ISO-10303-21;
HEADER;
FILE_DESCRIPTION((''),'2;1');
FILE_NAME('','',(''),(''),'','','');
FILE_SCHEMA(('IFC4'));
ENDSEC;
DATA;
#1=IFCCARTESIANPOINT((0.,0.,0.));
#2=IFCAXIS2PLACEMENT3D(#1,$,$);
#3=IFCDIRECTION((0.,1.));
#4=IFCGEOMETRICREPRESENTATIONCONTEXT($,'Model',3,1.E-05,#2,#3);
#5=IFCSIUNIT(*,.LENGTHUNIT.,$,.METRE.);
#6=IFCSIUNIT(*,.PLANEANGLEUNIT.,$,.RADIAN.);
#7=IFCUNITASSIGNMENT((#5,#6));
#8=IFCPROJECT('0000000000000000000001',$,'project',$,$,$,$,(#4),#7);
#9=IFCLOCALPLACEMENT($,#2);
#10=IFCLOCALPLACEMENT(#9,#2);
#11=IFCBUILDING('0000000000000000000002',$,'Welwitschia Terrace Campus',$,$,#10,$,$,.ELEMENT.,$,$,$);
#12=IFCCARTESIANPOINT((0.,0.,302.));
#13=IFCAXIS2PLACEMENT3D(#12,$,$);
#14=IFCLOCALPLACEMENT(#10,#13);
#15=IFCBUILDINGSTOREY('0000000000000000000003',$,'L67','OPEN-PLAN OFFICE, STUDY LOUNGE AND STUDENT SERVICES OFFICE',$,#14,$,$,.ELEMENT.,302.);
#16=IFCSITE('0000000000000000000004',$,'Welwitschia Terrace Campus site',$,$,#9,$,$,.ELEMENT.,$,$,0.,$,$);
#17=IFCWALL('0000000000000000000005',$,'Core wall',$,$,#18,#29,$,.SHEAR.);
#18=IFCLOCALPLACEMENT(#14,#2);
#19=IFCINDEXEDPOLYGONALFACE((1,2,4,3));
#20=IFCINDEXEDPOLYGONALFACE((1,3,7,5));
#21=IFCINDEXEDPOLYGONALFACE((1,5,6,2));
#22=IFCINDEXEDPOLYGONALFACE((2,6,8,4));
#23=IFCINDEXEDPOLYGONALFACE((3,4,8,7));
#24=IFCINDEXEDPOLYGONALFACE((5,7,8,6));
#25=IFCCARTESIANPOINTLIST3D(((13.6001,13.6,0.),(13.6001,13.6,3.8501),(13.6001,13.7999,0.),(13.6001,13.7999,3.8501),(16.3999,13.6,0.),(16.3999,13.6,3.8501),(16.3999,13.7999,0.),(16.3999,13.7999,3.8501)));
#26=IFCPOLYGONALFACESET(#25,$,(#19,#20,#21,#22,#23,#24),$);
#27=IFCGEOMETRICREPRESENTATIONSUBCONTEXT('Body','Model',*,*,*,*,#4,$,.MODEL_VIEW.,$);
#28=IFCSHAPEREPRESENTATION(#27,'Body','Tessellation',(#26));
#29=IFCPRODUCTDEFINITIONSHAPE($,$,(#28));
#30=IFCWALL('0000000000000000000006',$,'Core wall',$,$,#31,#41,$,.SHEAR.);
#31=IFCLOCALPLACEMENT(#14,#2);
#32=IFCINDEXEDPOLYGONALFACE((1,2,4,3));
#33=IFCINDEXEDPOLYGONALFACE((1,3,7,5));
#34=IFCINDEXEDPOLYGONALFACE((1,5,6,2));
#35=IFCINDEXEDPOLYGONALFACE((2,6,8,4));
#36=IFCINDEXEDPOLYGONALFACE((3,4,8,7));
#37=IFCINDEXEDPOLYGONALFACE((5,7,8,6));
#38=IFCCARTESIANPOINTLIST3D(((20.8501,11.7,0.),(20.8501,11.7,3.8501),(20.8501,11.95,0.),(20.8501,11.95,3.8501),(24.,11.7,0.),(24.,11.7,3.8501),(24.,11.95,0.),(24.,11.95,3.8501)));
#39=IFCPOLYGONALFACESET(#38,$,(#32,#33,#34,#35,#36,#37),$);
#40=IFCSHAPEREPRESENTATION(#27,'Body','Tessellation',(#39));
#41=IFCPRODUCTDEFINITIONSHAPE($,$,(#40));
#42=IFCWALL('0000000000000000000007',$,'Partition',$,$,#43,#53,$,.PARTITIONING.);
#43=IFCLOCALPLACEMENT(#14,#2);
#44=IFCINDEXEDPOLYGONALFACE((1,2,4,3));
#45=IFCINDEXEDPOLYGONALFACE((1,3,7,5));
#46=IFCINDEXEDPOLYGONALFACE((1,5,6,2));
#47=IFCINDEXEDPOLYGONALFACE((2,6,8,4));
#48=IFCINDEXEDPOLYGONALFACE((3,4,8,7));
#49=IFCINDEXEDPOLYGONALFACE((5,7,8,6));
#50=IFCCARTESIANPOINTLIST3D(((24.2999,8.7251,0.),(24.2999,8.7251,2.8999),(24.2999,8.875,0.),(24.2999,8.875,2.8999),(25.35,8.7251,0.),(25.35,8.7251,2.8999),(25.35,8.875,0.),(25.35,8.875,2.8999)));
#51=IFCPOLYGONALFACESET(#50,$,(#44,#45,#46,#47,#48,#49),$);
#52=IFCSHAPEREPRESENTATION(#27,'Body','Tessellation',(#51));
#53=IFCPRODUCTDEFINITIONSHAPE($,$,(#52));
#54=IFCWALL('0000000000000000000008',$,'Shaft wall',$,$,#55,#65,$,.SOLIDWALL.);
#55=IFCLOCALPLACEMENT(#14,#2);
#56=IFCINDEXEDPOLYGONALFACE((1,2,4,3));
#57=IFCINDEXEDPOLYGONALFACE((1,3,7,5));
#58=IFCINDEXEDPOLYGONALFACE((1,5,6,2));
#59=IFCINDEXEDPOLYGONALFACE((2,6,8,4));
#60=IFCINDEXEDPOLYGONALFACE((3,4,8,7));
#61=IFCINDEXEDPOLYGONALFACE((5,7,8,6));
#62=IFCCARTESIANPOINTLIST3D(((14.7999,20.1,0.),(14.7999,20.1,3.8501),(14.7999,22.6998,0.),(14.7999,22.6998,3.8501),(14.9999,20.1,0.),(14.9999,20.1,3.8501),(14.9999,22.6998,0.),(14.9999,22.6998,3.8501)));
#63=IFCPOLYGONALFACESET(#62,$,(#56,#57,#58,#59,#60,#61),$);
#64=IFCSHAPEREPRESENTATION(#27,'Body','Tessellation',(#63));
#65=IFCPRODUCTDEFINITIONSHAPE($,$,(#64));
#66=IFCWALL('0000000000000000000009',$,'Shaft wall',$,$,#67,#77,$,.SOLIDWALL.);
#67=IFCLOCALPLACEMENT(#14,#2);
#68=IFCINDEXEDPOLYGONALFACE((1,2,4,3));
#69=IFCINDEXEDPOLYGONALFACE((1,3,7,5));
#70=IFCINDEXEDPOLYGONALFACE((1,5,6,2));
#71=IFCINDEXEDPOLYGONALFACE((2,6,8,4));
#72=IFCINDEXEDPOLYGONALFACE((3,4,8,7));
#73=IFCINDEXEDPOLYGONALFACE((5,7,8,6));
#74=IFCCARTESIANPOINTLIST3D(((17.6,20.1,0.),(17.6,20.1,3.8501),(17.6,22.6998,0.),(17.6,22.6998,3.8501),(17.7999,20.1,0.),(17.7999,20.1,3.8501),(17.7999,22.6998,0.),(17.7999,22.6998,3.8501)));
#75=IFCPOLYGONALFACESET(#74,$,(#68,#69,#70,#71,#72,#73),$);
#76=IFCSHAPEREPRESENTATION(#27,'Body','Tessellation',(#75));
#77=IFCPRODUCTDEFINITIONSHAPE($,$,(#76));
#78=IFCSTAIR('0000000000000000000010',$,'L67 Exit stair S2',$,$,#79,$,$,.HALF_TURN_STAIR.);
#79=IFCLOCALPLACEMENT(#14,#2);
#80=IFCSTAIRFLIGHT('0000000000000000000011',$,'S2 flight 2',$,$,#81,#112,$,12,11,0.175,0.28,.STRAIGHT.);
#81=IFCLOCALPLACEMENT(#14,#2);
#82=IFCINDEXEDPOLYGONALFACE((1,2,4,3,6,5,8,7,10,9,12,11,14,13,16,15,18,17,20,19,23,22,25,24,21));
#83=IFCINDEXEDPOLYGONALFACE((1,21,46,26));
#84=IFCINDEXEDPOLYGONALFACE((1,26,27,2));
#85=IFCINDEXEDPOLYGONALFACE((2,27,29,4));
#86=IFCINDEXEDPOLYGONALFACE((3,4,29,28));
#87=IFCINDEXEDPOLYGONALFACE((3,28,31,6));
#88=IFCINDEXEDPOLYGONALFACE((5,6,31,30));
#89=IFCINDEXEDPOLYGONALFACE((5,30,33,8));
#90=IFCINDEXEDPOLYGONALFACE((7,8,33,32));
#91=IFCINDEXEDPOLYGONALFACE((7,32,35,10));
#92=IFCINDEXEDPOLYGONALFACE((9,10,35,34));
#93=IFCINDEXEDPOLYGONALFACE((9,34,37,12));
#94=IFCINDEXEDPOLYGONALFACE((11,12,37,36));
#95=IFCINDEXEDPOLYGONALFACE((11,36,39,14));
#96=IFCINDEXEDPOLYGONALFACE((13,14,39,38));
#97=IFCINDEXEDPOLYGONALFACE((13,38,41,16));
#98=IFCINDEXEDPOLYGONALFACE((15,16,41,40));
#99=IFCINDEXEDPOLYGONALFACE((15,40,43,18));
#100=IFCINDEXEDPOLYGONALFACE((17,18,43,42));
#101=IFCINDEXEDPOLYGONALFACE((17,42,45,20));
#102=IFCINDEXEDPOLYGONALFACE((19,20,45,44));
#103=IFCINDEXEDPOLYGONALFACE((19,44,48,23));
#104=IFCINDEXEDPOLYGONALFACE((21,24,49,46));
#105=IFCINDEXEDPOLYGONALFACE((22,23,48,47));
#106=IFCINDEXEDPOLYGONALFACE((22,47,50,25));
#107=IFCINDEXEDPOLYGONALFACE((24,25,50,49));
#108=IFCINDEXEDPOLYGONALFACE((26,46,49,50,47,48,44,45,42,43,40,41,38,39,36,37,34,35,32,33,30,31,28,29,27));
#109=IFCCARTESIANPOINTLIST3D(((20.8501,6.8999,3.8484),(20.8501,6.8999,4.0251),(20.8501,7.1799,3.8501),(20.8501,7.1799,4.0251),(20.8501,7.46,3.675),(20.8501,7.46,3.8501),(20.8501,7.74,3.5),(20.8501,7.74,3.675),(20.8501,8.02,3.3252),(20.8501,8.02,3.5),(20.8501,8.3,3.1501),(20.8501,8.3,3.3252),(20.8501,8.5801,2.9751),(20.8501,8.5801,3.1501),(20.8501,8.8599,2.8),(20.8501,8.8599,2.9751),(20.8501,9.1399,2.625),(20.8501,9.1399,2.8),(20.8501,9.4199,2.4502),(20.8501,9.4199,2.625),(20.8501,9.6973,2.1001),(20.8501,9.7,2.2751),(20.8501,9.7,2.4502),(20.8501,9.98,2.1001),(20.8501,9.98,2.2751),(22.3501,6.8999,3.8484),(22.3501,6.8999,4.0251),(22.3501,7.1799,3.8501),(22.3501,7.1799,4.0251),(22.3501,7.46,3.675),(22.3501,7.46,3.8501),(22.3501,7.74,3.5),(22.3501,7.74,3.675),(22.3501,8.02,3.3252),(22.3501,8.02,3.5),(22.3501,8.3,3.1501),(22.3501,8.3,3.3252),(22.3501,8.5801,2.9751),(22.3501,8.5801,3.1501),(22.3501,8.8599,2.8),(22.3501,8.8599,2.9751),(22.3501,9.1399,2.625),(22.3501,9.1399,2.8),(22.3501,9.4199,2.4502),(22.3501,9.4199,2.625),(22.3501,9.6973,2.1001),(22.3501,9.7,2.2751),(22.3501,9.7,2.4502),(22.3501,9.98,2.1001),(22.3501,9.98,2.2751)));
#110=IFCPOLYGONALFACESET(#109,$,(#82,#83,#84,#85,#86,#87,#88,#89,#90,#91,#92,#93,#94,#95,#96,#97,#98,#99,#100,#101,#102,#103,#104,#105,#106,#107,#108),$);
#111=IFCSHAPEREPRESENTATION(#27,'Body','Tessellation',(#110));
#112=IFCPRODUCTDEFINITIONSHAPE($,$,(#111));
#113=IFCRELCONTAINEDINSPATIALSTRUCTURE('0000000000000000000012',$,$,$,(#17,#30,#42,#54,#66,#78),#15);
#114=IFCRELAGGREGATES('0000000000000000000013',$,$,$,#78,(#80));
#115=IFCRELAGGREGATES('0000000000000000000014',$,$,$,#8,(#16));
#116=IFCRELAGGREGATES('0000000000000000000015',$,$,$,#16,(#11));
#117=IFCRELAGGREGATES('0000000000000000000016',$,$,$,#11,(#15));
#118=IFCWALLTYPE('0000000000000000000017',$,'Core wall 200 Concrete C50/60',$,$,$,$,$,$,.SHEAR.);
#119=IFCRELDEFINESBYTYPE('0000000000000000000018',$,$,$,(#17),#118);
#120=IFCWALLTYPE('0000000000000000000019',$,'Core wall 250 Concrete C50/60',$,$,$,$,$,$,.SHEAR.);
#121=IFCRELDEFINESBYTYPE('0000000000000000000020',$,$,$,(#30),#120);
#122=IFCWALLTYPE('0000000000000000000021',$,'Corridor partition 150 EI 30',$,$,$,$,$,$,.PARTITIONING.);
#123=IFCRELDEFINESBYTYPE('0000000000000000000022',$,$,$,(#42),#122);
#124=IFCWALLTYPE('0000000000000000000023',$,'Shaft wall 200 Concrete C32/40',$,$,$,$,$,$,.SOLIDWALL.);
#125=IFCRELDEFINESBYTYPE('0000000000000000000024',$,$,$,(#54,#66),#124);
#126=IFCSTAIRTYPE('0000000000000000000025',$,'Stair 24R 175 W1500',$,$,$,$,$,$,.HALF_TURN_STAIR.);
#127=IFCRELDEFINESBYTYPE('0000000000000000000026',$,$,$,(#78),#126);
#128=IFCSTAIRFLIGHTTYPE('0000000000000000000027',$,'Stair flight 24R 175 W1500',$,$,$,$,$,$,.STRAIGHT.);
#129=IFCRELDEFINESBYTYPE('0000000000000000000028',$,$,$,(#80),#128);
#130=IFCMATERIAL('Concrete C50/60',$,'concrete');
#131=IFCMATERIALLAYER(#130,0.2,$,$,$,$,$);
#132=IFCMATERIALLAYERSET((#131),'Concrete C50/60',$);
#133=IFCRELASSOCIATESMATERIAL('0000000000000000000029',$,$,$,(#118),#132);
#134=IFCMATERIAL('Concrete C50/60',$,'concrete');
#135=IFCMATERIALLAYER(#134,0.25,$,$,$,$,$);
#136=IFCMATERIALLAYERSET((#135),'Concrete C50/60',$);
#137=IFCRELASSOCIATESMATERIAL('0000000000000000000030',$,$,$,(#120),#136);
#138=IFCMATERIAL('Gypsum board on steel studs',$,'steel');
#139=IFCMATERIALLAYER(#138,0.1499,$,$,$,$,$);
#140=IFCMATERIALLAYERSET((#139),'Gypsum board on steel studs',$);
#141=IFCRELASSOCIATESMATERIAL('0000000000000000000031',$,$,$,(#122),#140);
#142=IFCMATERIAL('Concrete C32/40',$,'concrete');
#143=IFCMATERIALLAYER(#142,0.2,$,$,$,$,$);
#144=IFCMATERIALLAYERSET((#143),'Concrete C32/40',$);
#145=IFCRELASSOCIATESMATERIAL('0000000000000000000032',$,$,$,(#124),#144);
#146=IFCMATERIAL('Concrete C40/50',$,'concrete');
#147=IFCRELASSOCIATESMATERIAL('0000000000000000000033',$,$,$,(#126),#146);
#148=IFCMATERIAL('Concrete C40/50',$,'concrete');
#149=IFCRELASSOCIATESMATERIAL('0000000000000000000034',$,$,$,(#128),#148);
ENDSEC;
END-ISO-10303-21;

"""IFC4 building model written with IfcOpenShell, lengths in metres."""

from ifc_helpers import new_model, si_unit, direction, frame, frame_2d, origin, place, context, subcontext, project, spatial, polyline, rectangle, outline, extrude, material, layer, layer_set, type_object, element, aggregate, save


model = new_model("IFC4")

# Units and contexts
model_context = context("Model", 3, precision=1e-05, world=origin(), true_north=direction((0.0, 1.0)))
body_context = subcontext(model_context, "Body", "Model", "MODEL_VIEW")
ifc_project = project(units=[si_unit("LENGTHUNIT", "METRE"), si_unit("PLANEANGLEUNIT", "RADIAN")], contexts=[model_context])

# Site, building, storey
site_placement = place(None, origin())
site = spatial("IfcSite", under=ifc_project, at=site_placement, Name="Welwitschia Terrace Campus site", CompositionType="ELEMENT", RefElevation=0.0)
building_placement = place(site_placement, origin())
building = spatial("IfcBuilding", under=site, at=building_placement, Name="Welwitschia Terrace Campus", CompositionType="ELEMENT")
storey_placement = place(building_placement, frame((0.0, 0.0, 302.0)))
storey = spatial("IfcBuildingStorey", under=building, at=storey_placement, Name="L67", Description="OPEN-PLAN OFFICE, STUDY LOUNGE AND STUDENT SERVICES OFFICE", CompositionType="ELEMENT", Elevation=302.0)

# Walls
ifc_material_1 = material(Name="Concrete C50/60", Category="concrete")
ifc_layer_1 = layer(ifc_material_1, 0.2)
ifc_layer_set_1 = layer_set([ifc_layer_1], Name="Concrete C50/60")
wall_type_1 = type_object("IfcWallType", Name="Core wall 200 Concrete C50/60", PredefinedType="SHEAR", material=ifc_layer_set_1)
for number, where, z_axis, x_axis, name in (
    (1, (13.6001, 13.7, 0.0), (0.0, 0.0, 1.0), (1.0, 0.0, 0.0), "Core wall"),
):
    element("IfcWall", number, at=place(storey_placement, frame(where, z_axis=z_axis, x_axis=x_axis)), inside=storey, type_object=wall_type_1, Name=name, PredefinedType="SHEAR", context=body_context, shape_type="SweptSolid", body=[
        extrude(rectangle(XDim=2.7998, YDim=0.2, at=frame_2d((1.3999, 0.0))), origin(), (0.0, 0.0, 1.0), 3.8501),
    ])
ifc_material_2 = material(Name="Concrete C50/60", Category="concrete")
ifc_layer_2 = layer(ifc_material_2, 0.25)
ifc_layer_set_2 = layer_set([ifc_layer_2], Name="Concrete C50/60")
wall_type_2 = type_object("IfcWallType", Name="Core wall 250 Concrete C50/60", PredefinedType="SHEAR", material=ifc_layer_set_2)
wall_1_placement = place(storey_placement, frame((20.8501, 11.825, 0.0), z_axis=(0.0, 0.0, 1.0), x_axis=(1.0, 0.0, 0.0)))
element("IfcWall", 2, at=wall_1_placement, inside=storey, type_object=wall_type_2, Name="Core wall", PredefinedType="SHEAR", context=body_context, shape_type="SweptSolid", body=[
    extrude(rectangle(XDim=3.1499, YDim=0.25, at=frame_2d((1.575, 0.0))), origin(), (0.0, 0.0, 1.0), 3.8501),
])
ifc_material_3 = material(Name="Gypsum board on steel studs", Category="steel")
ifc_layer_3 = layer(ifc_material_3, 0.1499)
ifc_layer_set_3 = layer_set([ifc_layer_3], Name="Gypsum board on steel studs")
wall_type_3 = type_object("IfcWallType", Name="Corridor partition 150 EI 30", PredefinedType="PARTITIONING", material=ifc_layer_set_3)
wall_2_placement = place(storey_placement, frame((24.3, 8.8, 0.0), z_axis=(0.0, 0.0, 1.0), x_axis=(1.0, 0.0, 0.0)))
element("IfcWall", 3, at=wall_2_placement, inside=storey, type_object=wall_type_3, Name="Partition", PredefinedType="PARTITIONING", context=body_context, shape_type="SweptSolid", body=[
    extrude(rectangle(XDim=1.05, YDim=0.1499, at=frame_2d((0.5249, 0.0))), origin(), (0.0, 0.0, 1.0), 2.8999),
])
ifc_material_4 = material(Name="Concrete C32/40", Category="concrete")
ifc_layer_4 = layer(ifc_material_4, 0.2)
ifc_layer_set_4 = layer_set([ifc_layer_4], Name="Concrete C32/40")
wall_type_4 = type_object("IfcWallType", Name="Shaft wall 200 Concrete C32/40", PredefinedType="SOLIDWALL", material=ifc_layer_set_4)
for number, where, z_axis, x_axis, name in (
    (4, (14.8999, 20.1001, 0.0), (0.0, 0.0, 1.0), (0.0, 1.0, 0.0), "Shaft wall"),
    (5, (17.7, 20.1001, 0.0), (0.0, 0.0, 1.0), (0.0, 1.0, 0.0), "Shaft wall"),
):
    element("IfcWall", number, at=place(storey_placement, frame(where, z_axis=z_axis, x_axis=x_axis)), inside=storey, type_object=wall_type_4, Name=name, PredefinedType="SOLIDWALL", context=body_context, shape_type="SweptSolid", body=[
        extrude(rectangle(XDim=2.5999, YDim=0.2, at=frame_2d((1.2998, 0.0))), origin(), (0.0, 0.0, 1.0), 3.8501),
    ])

# Stair, stair flight
ifc_material_5 = material(Name="Concrete C40/50", Category="concrete")
stair_type = type_object("IfcStairType", Name="Stair 24R 175 W1500", PredefinedType="HALF_TURN_STAIR", material=ifc_material_5)
stair_placement = place(storey_placement, origin())
stair = element("IfcStair", 6, at=stair_placement, inside=storey, type_object=stair_type, Name="L67 Exit stair S2", PredefinedType="HALF_TURN_STAIR")
ifc_material_6 = material(Name="Concrete C40/50", Category="concrete")
stair_flight_type = type_object("IfcStairFlightType", Name="Stair flight 24R 175 W1500", PredefinedType="STRAIGHT", material=ifc_material_6)
stair_flight_placement = place(storey_placement, frame((21.6001, 9.98, 2.1001), z_axis=(0.0, 0.0, 1.0), x_axis=(0.0, -1.0, 0.0)))
stair_flight = element("IfcStairFlight", 7, at=stair_flight_placement, type_object=stair_flight_type, Name="S2 flight 2", NumberOfRisers=12, NumberOfTreads=11, PredefinedType="STRAIGHT", RiserHeight=0.175, TreadLength=0.28, context=body_context, shape_type="SweptSolid", body=[
    extrude(outline(polyline([(0.0, 0.0), (0.0, 0.175), (0.28, 0.175), (0.28, 0.3501), (0.5601, 0.3501), (0.5601, 0.5249), (0.8401, 0.5249), (0.8401, 0.7), (1.1201, 0.7), (1.1201, 0.875), (1.3999, 0.875), (1.3999, 1.05), (1.6799, 1.05), (1.6799, 1.2251), (1.96, 1.2251), (1.96, 1.3999), (2.24, 1.3999), (2.24, 1.575), (2.52, 1.575), (2.52, 1.75), (2.8, 1.75), (2.8, 1.925), (3.0801, 1.925), (3.0801, 2.1001), (3.0801, 1.7483), (0.2827, 0.0), (0.0, 0.0)])), frame((0.0, 0.75, 0.0), z_axis=(0.0, -1.0, 0.0), x_axis=(1.0, 0.0, 0.0)), (0.0, 0.0, 1.0), 1.5),
])
aggregate(stair, [stair_flight])

save(model, "model.ifc")
